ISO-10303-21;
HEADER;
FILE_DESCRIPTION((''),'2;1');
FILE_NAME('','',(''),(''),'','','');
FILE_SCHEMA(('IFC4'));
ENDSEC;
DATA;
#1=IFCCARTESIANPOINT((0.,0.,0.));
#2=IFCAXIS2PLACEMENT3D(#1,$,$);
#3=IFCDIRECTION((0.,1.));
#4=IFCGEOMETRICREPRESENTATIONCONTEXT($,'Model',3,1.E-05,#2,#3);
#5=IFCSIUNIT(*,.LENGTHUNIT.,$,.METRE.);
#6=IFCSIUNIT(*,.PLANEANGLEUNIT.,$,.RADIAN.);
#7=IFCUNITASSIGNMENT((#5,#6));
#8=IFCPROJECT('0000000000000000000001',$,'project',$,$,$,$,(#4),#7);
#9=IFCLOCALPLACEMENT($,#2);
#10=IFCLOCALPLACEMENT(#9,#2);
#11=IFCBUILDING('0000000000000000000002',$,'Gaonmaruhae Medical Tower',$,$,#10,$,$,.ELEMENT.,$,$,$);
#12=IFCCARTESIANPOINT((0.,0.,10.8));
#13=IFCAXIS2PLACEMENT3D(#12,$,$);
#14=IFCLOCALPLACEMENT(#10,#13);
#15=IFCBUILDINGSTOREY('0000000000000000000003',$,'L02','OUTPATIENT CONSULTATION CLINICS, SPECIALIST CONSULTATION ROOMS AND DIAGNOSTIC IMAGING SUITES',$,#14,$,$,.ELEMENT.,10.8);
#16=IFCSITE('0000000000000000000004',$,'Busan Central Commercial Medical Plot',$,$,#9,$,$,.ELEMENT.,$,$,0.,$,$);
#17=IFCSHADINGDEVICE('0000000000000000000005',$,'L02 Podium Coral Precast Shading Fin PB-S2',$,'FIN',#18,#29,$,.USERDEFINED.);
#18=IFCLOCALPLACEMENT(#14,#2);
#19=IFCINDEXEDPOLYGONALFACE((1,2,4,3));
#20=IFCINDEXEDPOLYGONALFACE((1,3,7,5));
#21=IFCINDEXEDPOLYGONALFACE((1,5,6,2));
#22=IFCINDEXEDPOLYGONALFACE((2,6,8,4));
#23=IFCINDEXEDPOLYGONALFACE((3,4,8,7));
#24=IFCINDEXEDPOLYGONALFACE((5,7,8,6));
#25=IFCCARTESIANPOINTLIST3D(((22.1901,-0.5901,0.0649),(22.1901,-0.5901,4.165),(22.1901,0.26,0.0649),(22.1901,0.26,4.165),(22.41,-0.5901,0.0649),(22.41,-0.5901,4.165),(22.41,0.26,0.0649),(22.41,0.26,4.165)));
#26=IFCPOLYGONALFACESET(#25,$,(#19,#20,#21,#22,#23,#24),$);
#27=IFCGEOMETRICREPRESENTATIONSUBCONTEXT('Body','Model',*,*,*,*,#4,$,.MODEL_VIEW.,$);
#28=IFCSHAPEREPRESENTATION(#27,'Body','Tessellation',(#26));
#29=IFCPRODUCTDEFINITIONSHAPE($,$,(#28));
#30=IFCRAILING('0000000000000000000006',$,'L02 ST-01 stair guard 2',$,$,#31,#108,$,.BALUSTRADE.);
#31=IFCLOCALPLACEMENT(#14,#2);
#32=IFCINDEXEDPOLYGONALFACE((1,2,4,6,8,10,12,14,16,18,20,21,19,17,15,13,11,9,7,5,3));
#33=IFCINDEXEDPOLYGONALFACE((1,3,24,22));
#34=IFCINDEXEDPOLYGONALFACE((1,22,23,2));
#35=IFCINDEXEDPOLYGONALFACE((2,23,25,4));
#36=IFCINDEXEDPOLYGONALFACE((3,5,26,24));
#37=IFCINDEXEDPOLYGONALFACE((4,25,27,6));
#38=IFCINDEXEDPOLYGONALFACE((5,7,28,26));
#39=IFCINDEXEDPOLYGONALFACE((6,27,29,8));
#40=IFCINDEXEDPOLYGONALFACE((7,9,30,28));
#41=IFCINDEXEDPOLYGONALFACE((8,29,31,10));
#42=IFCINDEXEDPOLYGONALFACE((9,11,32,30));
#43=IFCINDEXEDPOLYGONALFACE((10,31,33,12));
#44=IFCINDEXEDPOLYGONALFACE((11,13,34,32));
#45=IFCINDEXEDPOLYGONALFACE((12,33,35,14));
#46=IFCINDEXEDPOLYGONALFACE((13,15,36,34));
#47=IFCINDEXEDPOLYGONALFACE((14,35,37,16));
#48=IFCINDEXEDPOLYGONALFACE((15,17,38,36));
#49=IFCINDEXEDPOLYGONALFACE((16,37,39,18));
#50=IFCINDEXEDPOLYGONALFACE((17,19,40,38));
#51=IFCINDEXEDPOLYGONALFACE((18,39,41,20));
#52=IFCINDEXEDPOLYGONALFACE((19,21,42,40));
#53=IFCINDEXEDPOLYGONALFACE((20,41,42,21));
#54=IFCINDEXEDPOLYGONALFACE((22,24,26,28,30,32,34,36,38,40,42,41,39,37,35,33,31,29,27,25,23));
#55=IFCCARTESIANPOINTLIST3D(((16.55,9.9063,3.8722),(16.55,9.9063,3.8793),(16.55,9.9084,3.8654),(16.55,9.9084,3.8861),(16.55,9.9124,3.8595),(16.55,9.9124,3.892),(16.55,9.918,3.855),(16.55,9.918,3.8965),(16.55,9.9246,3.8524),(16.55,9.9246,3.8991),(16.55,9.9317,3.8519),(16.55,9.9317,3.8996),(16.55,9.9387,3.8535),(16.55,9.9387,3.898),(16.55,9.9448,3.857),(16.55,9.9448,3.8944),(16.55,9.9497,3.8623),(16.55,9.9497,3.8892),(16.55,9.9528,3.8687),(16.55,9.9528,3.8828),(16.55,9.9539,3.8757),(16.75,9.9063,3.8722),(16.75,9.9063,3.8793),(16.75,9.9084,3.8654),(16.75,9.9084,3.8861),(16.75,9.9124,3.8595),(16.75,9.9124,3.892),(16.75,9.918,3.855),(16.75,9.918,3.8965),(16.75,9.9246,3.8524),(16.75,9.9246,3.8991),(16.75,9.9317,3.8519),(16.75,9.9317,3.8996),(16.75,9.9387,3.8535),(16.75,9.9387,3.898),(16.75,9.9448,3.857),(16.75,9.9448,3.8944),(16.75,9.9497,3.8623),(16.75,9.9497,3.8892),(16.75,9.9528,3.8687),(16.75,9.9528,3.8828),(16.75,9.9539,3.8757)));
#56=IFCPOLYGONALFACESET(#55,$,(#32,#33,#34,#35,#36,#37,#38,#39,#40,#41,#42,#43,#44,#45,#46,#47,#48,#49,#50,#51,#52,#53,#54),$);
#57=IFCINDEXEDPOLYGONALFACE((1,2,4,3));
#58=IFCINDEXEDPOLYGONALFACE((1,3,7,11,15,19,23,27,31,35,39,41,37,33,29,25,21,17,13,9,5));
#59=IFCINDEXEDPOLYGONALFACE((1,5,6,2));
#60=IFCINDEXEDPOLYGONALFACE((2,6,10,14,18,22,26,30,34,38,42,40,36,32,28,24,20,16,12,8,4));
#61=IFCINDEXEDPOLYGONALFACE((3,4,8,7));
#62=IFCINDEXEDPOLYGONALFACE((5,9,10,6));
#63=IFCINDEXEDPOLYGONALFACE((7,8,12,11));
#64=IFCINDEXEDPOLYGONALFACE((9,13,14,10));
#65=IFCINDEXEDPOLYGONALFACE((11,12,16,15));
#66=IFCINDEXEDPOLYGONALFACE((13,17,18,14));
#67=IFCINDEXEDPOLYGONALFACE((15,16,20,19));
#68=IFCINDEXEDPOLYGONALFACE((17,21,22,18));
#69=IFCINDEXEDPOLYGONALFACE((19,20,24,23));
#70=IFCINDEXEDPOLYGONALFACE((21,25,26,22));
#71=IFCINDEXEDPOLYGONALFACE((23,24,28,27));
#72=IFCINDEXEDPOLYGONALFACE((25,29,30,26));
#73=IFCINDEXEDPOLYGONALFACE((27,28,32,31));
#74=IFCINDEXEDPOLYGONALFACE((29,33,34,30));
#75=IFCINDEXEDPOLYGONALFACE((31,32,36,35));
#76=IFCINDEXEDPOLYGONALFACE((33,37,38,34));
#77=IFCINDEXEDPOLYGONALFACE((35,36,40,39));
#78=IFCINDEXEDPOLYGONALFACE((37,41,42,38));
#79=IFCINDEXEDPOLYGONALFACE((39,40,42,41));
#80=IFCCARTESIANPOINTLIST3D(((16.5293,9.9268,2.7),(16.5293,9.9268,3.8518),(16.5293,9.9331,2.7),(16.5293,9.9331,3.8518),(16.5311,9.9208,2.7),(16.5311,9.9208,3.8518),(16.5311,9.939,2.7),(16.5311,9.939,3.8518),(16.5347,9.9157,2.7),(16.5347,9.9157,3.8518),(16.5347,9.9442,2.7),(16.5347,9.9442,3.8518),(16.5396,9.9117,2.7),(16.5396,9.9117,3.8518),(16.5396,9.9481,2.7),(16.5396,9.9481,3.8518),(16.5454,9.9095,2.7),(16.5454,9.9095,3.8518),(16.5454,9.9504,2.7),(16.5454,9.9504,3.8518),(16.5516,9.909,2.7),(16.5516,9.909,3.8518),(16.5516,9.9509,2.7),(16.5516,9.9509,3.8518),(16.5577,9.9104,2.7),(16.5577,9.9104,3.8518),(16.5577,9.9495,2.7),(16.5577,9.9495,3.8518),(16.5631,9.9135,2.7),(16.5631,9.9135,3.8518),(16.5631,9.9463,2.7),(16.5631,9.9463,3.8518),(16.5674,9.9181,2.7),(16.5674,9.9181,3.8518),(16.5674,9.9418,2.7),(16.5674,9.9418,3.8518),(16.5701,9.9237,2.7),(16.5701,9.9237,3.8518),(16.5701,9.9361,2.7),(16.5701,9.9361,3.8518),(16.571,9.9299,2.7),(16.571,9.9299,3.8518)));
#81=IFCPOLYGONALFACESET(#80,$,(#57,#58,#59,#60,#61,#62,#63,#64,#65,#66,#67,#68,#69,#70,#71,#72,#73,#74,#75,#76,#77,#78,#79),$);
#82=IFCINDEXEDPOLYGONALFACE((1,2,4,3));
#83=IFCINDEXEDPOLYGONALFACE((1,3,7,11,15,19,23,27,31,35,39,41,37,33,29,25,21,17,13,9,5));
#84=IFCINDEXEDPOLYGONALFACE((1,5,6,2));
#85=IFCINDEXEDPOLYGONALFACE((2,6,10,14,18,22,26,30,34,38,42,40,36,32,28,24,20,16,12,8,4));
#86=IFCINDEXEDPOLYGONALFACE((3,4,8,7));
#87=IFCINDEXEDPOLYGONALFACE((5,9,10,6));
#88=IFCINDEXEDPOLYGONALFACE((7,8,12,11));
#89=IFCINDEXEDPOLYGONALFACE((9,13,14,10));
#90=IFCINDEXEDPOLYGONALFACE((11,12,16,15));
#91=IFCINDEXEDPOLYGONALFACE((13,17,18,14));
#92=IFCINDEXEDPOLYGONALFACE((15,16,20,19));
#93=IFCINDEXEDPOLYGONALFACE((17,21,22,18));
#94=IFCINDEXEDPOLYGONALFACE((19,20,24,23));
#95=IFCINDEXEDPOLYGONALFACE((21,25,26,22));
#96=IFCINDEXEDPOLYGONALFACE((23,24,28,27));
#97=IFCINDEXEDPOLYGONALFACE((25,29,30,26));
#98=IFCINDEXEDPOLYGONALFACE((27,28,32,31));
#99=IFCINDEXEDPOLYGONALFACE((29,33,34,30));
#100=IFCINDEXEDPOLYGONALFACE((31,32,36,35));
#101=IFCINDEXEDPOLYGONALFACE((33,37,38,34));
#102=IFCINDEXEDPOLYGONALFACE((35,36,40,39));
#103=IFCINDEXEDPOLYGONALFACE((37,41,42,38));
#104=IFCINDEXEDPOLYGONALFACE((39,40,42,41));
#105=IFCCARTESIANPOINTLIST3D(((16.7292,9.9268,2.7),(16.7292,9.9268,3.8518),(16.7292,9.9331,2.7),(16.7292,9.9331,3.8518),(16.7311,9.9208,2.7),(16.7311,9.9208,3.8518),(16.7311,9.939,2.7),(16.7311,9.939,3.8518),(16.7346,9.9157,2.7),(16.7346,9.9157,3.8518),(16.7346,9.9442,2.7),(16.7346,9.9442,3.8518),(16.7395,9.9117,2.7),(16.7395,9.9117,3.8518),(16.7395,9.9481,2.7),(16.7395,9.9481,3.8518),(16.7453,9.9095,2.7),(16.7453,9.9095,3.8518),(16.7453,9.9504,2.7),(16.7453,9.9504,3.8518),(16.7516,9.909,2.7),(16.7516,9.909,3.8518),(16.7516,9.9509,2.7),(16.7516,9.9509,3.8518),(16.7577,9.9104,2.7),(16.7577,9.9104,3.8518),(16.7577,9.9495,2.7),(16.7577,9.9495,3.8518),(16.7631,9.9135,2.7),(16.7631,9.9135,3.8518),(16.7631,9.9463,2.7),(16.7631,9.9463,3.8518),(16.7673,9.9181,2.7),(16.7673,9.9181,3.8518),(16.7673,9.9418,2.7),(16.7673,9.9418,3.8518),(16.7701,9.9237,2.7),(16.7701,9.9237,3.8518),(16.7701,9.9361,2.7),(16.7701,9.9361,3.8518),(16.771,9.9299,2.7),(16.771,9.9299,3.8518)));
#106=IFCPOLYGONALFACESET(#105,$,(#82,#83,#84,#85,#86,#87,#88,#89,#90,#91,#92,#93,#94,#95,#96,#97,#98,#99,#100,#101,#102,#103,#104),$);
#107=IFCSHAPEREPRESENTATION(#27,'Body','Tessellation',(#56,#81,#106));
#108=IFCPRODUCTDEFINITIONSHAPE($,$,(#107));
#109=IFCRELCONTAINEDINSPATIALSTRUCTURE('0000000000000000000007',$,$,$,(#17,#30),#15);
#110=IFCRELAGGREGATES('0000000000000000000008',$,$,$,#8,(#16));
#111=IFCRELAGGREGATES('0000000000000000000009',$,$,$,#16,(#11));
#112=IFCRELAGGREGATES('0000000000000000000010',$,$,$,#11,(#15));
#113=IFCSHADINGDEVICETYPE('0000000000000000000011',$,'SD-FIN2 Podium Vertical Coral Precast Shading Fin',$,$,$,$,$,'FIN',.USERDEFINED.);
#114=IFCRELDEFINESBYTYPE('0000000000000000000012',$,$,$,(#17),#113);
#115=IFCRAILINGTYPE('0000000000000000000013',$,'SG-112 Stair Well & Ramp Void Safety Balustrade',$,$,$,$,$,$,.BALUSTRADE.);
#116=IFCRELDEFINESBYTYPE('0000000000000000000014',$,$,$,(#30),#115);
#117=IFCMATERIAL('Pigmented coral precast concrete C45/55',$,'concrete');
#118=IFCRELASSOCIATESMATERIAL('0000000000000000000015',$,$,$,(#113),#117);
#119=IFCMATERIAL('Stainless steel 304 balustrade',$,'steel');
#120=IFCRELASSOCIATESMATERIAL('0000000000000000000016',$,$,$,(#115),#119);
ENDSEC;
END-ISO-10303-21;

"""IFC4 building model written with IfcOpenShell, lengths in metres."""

from ifc_helpers import new_model, si_unit, direction, frame, origin, origin_2d, place, context, subcontext, project, spatial, rectangle, circle, extrude, material, type_object, element, save


model = new_model("IFC4")

# Units and contexts
model_context = context("Model", 3, precision=1e-05, world=origin(), true_north=direction((0.0, 1.0)))
body_context = subcontext(model_context, "Body", "Model", "MODEL_VIEW")
ifc_project = project(units=[si_unit("LENGTHUNIT", "METRE"), si_unit("PLANEANGLEUNIT", "RADIAN")], contexts=[model_context])

# Site, building, storey
site_placement = place(None, origin())
site = spatial("IfcSite", under=ifc_project, at=site_placement, Name="Busan Central Commercial Medical Plot", CompositionType="ELEMENT", RefElevation=0.0)
building_placement = place(site_placement, origin())
building = spatial("IfcBuilding", under=site, at=building_placement, Name="Gaonmaruhae Medical Tower", CompositionType="ELEMENT")
storey_placement = place(building_placement, frame((0.0, 0.0, 10.8)))
storey = spatial("IfcBuildingStorey", under=building, at=storey_placement, Name="L02", Description="OUTPATIENT CONSULTATION CLINICS, SPECIALIST CONSULTATION ROOMS AND DIAGNOSTIC IMAGING SUITES", CompositionType="ELEMENT", Elevation=10.8)

# Shading device
ifc_material_1 = material(Name="Pigmented coral precast concrete C45/55", Category="concrete")
shading_device_type = type_object("IfcShadingDeviceType", Name="SD-FIN2 Podium Vertical Coral Precast Shading Fin", ElementType="FIN", PredefinedType="USERDEFINED", material=ifc_material_1)
shading_device_placement = place(storey_placement, frame((22.3, -0.165, 0.0649), z_axis=(0.0, 0.0, 1.0), x_axis=(-1.0, 0.0, 0.0)))
element("IfcShadingDevice", 1, at=shading_device_placement, inside=storey, type_object=shading_device_type, Name="L02 Podium Coral Precast Shading Fin PB-S2", ObjectType="FIN", PredefinedType="USERDEFINED", context=body_context, shape_type="SweptSolid", body=[
    extrude(rectangle(XDim=0.22, YDim=0.8501, at=origin_2d()), origin(), (0.0, 0.0, 1.0), 4.1001),
])

# Railing
ifc_material_2 = material(Name="Stainless steel 304 balustrade", Category="steel")
railing_type_1 = type_object("IfcRailingType", Name="SG-112 Stair Well & Ramp Void Safety Balustrade", PredefinedType="BALUSTRADE", material=ifc_material_2)
railing_1_placement = place(storey_placement, frame((16.55, 9.9299, 2.7)))
element("IfcRailing", 2, at=railing_1_placement, inside=storey, type_object=railing_type_1, Name="L02 ST-01 stair guard 2", PredefinedType="BALUSTRADE", context=body_context, shape_type="SweptSolid", body=[
    extrude(circle(Radius=0.0239, at=origin_2d()), frame((0.0, 0.0, 1.1758), z_axis=(1.0, 0.0, 0.0), x_axis=(0.0, 1.0, 0.0)), (0.0, 0.0, 1.0), 0.2),
    extrude(circle(Radius=0.021, at=origin_2d()), origin(), (0.0, 0.0, 1.0), 1.1519),
    extrude(circle(Radius=0.021, at=origin_2d()), frame((0.2, 0.0, 0.0)), (0.0, 0.0, 1.0), 1.1519),
])

save(model, "model.ifc")
